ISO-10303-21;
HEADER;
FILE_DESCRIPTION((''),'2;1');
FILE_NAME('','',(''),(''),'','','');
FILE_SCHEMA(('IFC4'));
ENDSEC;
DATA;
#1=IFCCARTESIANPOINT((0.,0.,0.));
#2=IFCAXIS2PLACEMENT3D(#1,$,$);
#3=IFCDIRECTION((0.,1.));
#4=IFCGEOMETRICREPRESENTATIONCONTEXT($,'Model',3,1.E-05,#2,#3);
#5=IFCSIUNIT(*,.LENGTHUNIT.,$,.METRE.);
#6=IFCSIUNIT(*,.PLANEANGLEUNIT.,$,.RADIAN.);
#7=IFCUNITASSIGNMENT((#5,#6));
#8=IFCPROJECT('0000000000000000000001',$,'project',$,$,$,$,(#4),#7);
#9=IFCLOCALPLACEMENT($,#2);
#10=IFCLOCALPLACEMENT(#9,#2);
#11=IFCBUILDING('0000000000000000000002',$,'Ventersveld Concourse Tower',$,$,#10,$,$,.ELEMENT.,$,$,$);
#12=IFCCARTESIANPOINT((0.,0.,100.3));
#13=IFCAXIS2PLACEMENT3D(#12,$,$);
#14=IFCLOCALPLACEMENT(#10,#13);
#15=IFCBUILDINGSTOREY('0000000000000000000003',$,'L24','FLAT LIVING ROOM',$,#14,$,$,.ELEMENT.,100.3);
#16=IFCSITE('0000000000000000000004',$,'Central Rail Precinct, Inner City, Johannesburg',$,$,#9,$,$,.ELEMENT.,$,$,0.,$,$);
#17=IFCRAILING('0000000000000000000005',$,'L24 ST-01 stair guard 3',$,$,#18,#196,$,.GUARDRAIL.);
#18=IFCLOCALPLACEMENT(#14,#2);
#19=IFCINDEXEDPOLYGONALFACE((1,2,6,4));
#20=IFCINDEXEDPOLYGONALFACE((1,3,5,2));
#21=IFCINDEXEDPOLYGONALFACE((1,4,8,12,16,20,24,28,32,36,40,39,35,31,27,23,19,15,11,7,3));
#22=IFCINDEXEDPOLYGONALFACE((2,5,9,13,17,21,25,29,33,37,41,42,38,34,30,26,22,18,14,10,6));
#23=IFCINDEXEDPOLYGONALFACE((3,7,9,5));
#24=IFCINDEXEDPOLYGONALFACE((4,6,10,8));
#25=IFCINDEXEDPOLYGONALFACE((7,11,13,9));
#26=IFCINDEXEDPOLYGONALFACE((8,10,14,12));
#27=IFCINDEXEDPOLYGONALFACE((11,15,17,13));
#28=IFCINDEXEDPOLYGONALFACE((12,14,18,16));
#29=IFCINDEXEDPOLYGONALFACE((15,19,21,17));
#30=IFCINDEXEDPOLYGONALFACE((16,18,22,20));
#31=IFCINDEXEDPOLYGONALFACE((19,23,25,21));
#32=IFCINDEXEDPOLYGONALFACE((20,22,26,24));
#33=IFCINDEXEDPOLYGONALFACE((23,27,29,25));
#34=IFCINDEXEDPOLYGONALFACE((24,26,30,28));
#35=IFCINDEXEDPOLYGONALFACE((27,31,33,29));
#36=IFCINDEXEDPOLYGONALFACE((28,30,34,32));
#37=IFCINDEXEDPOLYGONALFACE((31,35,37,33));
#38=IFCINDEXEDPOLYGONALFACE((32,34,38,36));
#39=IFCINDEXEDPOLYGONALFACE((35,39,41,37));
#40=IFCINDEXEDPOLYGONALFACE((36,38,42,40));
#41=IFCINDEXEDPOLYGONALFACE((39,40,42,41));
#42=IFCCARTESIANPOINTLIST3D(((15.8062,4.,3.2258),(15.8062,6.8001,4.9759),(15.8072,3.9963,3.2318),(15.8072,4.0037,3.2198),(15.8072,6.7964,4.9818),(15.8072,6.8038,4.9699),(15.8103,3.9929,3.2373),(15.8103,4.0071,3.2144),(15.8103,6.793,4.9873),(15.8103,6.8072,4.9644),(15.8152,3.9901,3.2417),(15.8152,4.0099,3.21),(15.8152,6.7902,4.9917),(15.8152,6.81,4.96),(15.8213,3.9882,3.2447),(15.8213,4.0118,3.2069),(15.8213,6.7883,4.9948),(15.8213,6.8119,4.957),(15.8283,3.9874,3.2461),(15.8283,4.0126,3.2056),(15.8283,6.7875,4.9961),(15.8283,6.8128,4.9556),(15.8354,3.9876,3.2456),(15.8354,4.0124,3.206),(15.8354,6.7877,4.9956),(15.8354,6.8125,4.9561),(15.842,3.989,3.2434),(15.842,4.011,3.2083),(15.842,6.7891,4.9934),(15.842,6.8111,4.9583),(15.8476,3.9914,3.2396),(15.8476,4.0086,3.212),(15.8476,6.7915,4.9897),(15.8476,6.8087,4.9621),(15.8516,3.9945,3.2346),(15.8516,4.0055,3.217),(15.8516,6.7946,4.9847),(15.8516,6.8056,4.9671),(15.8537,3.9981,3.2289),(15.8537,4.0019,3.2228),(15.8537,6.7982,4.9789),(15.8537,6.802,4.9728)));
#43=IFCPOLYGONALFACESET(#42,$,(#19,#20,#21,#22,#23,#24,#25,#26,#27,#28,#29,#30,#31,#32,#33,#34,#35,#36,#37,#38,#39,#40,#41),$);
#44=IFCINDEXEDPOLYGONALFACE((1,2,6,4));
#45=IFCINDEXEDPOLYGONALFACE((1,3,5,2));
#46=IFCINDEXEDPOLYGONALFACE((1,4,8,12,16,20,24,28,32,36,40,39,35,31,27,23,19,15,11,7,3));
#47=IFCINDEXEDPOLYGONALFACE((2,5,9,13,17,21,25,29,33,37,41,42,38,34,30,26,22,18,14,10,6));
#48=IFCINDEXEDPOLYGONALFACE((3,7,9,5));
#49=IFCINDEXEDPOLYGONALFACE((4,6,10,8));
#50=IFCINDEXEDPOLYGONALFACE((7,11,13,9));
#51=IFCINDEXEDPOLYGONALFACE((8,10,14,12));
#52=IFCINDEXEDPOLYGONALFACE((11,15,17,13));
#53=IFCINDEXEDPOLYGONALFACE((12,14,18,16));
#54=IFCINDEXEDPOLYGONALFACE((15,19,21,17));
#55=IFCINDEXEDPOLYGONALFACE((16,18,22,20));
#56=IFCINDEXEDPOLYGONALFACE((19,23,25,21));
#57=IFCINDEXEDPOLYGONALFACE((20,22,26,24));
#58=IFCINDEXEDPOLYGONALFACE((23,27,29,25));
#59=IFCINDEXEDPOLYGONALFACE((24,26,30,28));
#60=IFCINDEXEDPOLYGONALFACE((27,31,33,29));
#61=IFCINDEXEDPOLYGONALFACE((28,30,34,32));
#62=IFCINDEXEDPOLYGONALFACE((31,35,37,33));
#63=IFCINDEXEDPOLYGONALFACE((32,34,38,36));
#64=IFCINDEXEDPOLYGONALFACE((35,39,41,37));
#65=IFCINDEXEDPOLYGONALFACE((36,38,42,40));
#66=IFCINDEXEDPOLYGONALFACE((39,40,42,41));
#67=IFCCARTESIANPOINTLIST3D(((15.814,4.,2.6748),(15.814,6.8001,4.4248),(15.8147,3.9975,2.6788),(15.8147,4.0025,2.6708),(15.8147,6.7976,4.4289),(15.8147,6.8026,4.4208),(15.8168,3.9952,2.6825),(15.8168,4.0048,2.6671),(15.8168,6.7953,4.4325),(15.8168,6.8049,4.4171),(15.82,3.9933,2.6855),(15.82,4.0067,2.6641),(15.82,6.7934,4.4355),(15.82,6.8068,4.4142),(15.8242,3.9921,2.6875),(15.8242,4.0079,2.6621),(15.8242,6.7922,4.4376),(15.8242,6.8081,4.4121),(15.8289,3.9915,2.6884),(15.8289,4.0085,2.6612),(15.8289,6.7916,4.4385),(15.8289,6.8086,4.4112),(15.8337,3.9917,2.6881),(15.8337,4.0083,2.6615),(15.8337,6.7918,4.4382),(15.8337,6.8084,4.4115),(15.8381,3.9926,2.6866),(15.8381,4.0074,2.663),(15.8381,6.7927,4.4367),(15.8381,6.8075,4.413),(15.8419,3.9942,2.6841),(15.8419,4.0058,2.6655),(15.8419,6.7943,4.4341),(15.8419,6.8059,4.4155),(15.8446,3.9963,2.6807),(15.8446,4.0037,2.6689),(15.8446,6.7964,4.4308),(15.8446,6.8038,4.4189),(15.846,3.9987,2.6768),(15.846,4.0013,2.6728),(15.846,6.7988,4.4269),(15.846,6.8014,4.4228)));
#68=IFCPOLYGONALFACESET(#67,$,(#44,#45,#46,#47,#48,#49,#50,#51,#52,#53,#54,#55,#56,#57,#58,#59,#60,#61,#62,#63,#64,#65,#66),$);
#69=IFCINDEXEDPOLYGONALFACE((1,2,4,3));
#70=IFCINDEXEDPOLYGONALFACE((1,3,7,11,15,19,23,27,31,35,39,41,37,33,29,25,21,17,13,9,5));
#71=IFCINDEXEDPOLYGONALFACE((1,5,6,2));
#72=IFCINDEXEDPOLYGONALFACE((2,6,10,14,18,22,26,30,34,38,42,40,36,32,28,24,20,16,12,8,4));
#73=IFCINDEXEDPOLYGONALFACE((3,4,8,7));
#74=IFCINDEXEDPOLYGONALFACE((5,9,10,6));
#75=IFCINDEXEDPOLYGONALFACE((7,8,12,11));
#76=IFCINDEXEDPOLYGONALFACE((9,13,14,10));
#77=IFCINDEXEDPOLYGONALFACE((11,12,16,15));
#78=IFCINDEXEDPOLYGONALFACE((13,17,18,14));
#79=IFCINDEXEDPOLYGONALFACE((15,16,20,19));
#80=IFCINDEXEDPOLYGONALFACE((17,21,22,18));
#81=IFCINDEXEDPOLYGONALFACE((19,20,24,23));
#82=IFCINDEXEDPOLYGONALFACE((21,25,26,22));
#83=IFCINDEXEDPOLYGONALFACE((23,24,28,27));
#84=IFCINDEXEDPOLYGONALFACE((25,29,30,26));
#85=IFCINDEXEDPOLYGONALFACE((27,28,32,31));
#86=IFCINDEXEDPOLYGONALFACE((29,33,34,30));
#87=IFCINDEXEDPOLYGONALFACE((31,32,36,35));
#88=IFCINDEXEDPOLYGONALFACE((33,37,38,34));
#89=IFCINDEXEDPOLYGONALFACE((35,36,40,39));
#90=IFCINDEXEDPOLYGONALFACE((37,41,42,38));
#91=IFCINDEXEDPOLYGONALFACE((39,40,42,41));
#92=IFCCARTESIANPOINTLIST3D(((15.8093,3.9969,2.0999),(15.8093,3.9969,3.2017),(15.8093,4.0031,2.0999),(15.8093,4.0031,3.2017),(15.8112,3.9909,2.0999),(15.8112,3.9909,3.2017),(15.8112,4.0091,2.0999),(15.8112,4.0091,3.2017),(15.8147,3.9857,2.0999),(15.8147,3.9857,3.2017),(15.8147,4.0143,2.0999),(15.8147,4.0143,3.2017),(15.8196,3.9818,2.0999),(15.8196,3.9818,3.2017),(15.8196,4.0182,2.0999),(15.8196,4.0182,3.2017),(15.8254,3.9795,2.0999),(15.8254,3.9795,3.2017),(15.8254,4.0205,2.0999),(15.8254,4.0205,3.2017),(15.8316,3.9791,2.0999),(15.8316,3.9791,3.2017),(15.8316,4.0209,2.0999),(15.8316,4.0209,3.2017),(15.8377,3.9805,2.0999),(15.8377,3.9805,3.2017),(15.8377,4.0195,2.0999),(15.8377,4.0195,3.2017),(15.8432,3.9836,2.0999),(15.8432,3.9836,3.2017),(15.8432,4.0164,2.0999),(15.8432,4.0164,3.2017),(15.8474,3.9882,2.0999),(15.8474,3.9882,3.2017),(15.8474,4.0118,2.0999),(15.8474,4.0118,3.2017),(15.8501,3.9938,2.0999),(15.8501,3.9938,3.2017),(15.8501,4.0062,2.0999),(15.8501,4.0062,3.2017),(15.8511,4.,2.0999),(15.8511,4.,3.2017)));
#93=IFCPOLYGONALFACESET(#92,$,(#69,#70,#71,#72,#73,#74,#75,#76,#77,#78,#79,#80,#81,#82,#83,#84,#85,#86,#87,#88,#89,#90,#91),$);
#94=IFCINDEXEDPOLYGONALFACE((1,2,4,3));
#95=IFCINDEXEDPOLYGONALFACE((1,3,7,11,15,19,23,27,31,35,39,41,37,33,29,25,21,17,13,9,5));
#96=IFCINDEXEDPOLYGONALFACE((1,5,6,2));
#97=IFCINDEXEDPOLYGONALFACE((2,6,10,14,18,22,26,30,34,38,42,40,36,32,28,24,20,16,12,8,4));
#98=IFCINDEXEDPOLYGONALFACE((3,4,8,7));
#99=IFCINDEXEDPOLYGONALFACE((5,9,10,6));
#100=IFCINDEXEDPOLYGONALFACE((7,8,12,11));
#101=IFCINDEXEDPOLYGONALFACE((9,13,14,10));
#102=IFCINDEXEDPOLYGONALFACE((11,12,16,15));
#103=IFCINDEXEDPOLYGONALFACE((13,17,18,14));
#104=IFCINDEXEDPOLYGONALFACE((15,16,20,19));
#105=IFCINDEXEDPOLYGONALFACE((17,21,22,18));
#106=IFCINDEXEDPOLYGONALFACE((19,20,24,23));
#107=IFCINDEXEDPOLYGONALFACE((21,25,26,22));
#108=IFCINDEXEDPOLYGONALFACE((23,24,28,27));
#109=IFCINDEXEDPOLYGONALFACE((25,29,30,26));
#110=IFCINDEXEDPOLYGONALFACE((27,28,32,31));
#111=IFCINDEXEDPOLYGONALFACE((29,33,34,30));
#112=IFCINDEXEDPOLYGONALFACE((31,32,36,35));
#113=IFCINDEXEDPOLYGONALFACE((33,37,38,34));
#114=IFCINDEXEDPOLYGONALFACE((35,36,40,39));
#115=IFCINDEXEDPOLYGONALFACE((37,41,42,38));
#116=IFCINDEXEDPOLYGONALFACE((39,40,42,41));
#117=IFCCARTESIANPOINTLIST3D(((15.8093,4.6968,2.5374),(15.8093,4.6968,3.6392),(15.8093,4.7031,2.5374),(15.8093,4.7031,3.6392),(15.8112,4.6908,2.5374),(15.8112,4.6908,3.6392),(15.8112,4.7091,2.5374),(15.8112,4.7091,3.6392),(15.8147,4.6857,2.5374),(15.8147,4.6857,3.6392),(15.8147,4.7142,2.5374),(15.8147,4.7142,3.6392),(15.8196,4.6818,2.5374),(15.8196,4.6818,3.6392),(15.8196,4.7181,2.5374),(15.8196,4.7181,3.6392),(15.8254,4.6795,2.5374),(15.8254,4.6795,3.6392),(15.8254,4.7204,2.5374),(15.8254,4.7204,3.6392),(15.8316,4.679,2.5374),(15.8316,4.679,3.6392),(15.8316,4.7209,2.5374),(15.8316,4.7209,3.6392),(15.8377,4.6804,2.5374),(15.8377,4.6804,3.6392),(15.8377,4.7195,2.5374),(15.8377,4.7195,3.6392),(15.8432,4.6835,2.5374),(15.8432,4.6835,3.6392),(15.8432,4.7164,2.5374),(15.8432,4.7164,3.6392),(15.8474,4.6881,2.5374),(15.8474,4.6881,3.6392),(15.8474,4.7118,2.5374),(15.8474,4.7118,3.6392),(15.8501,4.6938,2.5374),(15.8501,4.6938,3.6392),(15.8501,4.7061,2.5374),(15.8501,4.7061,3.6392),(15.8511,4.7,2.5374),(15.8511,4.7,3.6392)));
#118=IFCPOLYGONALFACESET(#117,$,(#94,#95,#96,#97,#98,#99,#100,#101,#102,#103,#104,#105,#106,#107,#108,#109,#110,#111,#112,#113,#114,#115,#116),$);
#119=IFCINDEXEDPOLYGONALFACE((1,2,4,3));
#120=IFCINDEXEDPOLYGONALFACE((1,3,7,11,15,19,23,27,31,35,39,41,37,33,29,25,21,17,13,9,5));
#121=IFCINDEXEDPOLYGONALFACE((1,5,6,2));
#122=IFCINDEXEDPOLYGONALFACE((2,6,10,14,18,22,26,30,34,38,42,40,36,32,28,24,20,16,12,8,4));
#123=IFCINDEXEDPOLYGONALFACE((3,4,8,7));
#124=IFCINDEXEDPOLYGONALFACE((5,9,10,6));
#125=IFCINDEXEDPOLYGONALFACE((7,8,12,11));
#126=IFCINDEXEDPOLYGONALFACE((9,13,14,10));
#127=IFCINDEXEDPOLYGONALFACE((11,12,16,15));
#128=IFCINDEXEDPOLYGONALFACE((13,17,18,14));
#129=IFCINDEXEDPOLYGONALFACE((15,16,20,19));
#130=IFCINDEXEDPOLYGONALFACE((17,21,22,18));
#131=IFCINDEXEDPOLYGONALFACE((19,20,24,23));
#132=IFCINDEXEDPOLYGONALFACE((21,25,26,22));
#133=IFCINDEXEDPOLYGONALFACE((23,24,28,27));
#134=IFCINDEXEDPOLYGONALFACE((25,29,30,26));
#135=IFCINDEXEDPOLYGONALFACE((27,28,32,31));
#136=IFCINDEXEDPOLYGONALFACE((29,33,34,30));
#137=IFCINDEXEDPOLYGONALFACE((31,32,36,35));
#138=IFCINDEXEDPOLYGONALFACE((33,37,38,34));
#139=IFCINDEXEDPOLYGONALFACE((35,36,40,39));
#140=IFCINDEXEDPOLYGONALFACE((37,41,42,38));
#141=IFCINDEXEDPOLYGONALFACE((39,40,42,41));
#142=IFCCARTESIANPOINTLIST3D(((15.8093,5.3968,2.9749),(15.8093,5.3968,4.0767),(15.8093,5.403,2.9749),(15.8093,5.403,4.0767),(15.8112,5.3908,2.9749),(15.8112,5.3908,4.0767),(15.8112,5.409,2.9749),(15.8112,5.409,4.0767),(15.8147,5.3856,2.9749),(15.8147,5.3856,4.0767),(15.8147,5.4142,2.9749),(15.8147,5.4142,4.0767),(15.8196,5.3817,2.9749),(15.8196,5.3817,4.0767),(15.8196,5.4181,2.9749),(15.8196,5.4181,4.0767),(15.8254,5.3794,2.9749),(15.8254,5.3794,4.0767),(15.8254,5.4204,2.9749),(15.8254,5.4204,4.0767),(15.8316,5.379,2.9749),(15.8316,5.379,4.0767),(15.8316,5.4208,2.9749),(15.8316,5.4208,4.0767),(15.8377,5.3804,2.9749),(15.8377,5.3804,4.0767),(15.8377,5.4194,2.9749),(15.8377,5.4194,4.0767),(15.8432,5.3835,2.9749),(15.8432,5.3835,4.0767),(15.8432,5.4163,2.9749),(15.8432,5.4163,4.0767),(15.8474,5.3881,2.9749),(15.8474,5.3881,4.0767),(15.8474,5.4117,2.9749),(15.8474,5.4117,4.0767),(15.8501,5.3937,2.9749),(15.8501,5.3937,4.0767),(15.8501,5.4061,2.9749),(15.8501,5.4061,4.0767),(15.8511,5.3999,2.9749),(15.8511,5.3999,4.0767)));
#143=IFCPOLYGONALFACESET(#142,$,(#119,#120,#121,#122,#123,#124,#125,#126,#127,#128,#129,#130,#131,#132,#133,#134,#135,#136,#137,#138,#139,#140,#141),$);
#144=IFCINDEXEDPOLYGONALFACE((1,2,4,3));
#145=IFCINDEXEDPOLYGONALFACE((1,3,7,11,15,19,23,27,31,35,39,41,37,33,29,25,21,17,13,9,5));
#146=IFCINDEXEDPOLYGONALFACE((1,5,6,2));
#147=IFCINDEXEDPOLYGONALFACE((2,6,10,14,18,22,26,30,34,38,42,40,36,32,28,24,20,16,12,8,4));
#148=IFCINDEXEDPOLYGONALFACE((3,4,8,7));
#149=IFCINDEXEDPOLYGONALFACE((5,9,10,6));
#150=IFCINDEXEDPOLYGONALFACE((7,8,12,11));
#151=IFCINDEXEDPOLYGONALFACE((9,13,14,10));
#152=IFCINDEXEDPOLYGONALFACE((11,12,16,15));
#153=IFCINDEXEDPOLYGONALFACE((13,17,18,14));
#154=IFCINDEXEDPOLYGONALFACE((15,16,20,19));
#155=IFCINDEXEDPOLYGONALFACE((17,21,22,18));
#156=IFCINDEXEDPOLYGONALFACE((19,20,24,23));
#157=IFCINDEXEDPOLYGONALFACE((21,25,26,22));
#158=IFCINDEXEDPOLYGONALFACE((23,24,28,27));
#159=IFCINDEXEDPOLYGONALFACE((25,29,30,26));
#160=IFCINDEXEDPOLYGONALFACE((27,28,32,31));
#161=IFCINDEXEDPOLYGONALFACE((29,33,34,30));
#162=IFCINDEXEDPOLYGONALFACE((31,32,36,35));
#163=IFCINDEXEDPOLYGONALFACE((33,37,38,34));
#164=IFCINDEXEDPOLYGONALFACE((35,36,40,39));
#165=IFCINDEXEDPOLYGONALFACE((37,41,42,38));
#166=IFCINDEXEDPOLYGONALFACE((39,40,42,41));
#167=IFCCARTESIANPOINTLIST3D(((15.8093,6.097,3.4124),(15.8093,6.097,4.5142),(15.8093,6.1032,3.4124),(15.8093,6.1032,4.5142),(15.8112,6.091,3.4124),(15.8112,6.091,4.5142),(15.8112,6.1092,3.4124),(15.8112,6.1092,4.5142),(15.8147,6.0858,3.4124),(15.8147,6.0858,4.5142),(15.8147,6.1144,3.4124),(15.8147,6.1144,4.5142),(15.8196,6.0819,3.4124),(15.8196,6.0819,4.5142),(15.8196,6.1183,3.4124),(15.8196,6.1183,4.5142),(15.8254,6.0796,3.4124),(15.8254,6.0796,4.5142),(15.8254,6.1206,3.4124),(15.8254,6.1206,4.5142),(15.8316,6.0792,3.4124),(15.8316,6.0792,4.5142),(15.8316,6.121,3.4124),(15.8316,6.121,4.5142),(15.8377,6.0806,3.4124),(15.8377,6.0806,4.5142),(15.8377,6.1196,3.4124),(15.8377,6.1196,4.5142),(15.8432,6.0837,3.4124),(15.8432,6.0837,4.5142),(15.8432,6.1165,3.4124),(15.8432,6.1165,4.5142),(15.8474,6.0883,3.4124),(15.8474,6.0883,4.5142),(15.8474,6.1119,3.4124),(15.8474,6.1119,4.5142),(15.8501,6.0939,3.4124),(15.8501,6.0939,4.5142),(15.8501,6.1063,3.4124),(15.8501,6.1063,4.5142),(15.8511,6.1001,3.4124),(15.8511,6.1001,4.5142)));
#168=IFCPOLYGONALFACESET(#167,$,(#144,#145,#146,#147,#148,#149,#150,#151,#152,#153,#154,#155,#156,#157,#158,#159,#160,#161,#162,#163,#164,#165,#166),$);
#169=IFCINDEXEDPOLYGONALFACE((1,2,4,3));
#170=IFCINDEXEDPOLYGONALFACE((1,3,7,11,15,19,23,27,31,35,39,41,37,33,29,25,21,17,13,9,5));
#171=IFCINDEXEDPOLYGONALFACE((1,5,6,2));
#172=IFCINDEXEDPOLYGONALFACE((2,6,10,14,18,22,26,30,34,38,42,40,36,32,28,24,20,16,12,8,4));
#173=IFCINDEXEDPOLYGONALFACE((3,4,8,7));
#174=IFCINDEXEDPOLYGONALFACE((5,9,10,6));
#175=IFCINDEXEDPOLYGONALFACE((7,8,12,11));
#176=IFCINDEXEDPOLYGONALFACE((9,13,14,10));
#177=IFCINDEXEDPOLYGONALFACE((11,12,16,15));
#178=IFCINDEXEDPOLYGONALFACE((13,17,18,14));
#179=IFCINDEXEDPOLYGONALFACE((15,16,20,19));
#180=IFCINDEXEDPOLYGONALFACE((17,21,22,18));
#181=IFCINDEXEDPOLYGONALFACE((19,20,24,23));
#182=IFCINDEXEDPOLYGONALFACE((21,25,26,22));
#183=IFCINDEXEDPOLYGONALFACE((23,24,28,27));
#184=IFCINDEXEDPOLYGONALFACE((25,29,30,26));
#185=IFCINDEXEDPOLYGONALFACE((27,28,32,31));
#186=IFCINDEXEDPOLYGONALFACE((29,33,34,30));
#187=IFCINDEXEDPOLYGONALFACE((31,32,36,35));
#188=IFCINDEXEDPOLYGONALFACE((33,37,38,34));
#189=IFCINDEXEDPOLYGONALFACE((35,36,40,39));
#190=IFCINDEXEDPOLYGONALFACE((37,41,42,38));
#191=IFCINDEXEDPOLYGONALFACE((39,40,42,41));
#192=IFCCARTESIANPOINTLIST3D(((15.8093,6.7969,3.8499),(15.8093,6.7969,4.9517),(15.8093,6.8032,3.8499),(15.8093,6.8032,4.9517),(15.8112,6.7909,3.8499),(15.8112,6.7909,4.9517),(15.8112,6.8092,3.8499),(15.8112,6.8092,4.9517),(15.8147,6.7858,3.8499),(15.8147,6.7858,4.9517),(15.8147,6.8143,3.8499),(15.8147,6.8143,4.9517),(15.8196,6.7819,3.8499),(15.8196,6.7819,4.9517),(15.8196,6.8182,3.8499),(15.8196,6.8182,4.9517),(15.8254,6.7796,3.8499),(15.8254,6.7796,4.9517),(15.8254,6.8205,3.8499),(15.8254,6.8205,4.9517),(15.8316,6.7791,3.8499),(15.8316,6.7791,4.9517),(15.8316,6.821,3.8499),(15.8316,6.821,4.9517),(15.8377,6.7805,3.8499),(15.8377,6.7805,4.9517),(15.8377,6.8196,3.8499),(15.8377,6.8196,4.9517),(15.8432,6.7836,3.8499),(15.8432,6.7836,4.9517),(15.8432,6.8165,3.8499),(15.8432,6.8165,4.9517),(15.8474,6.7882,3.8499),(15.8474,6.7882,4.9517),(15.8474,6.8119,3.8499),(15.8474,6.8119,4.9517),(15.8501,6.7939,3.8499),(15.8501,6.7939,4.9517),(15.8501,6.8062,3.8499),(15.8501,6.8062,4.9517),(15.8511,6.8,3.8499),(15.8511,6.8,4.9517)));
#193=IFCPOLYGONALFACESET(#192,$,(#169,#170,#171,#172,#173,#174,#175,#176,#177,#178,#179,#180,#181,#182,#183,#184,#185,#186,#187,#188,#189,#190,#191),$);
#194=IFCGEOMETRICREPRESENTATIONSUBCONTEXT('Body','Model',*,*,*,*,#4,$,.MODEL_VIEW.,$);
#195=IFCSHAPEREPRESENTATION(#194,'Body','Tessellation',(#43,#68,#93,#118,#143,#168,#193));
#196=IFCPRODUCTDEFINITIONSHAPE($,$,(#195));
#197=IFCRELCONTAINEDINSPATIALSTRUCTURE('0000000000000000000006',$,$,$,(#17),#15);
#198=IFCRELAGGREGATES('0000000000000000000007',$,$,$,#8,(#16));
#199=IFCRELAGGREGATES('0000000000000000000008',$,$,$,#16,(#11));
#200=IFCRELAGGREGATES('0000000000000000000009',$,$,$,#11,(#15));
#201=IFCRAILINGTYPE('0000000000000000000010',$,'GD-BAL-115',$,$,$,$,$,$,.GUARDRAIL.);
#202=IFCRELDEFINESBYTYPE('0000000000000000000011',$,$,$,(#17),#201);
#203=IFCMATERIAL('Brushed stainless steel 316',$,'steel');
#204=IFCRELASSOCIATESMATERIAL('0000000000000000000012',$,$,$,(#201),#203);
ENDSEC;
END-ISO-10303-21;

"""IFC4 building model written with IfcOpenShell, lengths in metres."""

from ifc_helpers import new_model, si_unit, direction, frame, origin, origin_2d, place, context, subcontext, project, spatial, circle, extrude, material, type_object, element, save


model = new_model("IFC4")

# Units and contexts
model_context = context("Model", 3, precision=1e-05, world=origin(), true_north=direction((0.0, 1.0)))
body_context = subcontext(model_context, "Body", "Model", "MODEL_VIEW")
ifc_project = project(units=[si_unit("LENGTHUNIT", "METRE"), si_unit("PLANEANGLEUNIT", "RADIAN")], contexts=[model_context])

# Site, building, storey
site_placement = place(None, origin())
site = spatial("IfcSite", under=ifc_project, at=site_placement, Name="Central Rail Precinct, Inner City, Johannesburg", CompositionType="ELEMENT", RefElevation=0.0)
building_placement = place(site_placement, origin())
building = spatial("IfcBuilding", under=site, at=building_placement, Name="Ventersveld Concourse Tower", CompositionType="ELEMENT")
storey_placement = place(building_placement, frame((0.0, 0.0, 100.3)))
storey = spatial("IfcBuildingStorey", under=building, at=storey_placement, Name="L24", Description="FLAT LIVING ROOM", CompositionType="ELEMENT", Elevation=100.3)

# Shared definitions
ifc_material_1 = material(Name="Brushed stainless steel 316", Category="steel")

# Railing
railing_type_1 = type_object("IfcRailingType", Name="GD-BAL-115", PredefinedType="GUARDRAIL", material=ifc_material_1)
railing_1_placement = place(storey_placement, frame((15.8301, 4.0, 2.0999)))
element("IfcRailing", 1, at=railing_1_placement, inside=storey, type_object=railing_type_1, Name="L24 ST-01 stair guard 3", PredefinedType="GUARDRAIL", context=body_context, shape_type="SweptSolid", body=[
    extrude(circle(Radius=0.0239, at=origin_2d()), frame((0.0, 0.0, 1.126), z_axis=(0.0, 0.848002, 0.529992), x_axis=(-1.0, 0.0, 0.0)), (0.0, 0.0, 1.0), 3.302),
    extrude(circle(Radius=0.0161, at=origin_2d()), frame((0.0, 0.0, 0.575), z_axis=(0.0, 0.848002, 0.529992), x_axis=(-1.0, 0.0, 0.0)), (0.0, 0.0, 1.0), 3.302),
    extrude(circle(Radius=0.021, at=origin_2d()), origin(), (0.0, 0.0, 1.0), 1.1018),
    extrude(circle(Radius=0.021, at=origin_2d()), frame((0.0, 0.7, 0.4375)), (0.0, 0.0, 1.0), 1.1018),
    extrude(circle(Radius=0.021, at=origin_2d()), frame((0.0, 1.3999, 0.875)), (0.0, 0.0, 1.0), 1.1018),
    extrude(circle(Radius=0.021, at=origin_2d()), frame((0.0, 2.1001, 1.3125)), (0.0, 0.0, 1.0), 1.1018),
    extrude(circle(Radius=0.021, at=origin_2d()), frame((0.0, 2.8, 1.75)), (0.0, 0.0, 1.0), 1.1018),
])

save(model, "model.ifc")
